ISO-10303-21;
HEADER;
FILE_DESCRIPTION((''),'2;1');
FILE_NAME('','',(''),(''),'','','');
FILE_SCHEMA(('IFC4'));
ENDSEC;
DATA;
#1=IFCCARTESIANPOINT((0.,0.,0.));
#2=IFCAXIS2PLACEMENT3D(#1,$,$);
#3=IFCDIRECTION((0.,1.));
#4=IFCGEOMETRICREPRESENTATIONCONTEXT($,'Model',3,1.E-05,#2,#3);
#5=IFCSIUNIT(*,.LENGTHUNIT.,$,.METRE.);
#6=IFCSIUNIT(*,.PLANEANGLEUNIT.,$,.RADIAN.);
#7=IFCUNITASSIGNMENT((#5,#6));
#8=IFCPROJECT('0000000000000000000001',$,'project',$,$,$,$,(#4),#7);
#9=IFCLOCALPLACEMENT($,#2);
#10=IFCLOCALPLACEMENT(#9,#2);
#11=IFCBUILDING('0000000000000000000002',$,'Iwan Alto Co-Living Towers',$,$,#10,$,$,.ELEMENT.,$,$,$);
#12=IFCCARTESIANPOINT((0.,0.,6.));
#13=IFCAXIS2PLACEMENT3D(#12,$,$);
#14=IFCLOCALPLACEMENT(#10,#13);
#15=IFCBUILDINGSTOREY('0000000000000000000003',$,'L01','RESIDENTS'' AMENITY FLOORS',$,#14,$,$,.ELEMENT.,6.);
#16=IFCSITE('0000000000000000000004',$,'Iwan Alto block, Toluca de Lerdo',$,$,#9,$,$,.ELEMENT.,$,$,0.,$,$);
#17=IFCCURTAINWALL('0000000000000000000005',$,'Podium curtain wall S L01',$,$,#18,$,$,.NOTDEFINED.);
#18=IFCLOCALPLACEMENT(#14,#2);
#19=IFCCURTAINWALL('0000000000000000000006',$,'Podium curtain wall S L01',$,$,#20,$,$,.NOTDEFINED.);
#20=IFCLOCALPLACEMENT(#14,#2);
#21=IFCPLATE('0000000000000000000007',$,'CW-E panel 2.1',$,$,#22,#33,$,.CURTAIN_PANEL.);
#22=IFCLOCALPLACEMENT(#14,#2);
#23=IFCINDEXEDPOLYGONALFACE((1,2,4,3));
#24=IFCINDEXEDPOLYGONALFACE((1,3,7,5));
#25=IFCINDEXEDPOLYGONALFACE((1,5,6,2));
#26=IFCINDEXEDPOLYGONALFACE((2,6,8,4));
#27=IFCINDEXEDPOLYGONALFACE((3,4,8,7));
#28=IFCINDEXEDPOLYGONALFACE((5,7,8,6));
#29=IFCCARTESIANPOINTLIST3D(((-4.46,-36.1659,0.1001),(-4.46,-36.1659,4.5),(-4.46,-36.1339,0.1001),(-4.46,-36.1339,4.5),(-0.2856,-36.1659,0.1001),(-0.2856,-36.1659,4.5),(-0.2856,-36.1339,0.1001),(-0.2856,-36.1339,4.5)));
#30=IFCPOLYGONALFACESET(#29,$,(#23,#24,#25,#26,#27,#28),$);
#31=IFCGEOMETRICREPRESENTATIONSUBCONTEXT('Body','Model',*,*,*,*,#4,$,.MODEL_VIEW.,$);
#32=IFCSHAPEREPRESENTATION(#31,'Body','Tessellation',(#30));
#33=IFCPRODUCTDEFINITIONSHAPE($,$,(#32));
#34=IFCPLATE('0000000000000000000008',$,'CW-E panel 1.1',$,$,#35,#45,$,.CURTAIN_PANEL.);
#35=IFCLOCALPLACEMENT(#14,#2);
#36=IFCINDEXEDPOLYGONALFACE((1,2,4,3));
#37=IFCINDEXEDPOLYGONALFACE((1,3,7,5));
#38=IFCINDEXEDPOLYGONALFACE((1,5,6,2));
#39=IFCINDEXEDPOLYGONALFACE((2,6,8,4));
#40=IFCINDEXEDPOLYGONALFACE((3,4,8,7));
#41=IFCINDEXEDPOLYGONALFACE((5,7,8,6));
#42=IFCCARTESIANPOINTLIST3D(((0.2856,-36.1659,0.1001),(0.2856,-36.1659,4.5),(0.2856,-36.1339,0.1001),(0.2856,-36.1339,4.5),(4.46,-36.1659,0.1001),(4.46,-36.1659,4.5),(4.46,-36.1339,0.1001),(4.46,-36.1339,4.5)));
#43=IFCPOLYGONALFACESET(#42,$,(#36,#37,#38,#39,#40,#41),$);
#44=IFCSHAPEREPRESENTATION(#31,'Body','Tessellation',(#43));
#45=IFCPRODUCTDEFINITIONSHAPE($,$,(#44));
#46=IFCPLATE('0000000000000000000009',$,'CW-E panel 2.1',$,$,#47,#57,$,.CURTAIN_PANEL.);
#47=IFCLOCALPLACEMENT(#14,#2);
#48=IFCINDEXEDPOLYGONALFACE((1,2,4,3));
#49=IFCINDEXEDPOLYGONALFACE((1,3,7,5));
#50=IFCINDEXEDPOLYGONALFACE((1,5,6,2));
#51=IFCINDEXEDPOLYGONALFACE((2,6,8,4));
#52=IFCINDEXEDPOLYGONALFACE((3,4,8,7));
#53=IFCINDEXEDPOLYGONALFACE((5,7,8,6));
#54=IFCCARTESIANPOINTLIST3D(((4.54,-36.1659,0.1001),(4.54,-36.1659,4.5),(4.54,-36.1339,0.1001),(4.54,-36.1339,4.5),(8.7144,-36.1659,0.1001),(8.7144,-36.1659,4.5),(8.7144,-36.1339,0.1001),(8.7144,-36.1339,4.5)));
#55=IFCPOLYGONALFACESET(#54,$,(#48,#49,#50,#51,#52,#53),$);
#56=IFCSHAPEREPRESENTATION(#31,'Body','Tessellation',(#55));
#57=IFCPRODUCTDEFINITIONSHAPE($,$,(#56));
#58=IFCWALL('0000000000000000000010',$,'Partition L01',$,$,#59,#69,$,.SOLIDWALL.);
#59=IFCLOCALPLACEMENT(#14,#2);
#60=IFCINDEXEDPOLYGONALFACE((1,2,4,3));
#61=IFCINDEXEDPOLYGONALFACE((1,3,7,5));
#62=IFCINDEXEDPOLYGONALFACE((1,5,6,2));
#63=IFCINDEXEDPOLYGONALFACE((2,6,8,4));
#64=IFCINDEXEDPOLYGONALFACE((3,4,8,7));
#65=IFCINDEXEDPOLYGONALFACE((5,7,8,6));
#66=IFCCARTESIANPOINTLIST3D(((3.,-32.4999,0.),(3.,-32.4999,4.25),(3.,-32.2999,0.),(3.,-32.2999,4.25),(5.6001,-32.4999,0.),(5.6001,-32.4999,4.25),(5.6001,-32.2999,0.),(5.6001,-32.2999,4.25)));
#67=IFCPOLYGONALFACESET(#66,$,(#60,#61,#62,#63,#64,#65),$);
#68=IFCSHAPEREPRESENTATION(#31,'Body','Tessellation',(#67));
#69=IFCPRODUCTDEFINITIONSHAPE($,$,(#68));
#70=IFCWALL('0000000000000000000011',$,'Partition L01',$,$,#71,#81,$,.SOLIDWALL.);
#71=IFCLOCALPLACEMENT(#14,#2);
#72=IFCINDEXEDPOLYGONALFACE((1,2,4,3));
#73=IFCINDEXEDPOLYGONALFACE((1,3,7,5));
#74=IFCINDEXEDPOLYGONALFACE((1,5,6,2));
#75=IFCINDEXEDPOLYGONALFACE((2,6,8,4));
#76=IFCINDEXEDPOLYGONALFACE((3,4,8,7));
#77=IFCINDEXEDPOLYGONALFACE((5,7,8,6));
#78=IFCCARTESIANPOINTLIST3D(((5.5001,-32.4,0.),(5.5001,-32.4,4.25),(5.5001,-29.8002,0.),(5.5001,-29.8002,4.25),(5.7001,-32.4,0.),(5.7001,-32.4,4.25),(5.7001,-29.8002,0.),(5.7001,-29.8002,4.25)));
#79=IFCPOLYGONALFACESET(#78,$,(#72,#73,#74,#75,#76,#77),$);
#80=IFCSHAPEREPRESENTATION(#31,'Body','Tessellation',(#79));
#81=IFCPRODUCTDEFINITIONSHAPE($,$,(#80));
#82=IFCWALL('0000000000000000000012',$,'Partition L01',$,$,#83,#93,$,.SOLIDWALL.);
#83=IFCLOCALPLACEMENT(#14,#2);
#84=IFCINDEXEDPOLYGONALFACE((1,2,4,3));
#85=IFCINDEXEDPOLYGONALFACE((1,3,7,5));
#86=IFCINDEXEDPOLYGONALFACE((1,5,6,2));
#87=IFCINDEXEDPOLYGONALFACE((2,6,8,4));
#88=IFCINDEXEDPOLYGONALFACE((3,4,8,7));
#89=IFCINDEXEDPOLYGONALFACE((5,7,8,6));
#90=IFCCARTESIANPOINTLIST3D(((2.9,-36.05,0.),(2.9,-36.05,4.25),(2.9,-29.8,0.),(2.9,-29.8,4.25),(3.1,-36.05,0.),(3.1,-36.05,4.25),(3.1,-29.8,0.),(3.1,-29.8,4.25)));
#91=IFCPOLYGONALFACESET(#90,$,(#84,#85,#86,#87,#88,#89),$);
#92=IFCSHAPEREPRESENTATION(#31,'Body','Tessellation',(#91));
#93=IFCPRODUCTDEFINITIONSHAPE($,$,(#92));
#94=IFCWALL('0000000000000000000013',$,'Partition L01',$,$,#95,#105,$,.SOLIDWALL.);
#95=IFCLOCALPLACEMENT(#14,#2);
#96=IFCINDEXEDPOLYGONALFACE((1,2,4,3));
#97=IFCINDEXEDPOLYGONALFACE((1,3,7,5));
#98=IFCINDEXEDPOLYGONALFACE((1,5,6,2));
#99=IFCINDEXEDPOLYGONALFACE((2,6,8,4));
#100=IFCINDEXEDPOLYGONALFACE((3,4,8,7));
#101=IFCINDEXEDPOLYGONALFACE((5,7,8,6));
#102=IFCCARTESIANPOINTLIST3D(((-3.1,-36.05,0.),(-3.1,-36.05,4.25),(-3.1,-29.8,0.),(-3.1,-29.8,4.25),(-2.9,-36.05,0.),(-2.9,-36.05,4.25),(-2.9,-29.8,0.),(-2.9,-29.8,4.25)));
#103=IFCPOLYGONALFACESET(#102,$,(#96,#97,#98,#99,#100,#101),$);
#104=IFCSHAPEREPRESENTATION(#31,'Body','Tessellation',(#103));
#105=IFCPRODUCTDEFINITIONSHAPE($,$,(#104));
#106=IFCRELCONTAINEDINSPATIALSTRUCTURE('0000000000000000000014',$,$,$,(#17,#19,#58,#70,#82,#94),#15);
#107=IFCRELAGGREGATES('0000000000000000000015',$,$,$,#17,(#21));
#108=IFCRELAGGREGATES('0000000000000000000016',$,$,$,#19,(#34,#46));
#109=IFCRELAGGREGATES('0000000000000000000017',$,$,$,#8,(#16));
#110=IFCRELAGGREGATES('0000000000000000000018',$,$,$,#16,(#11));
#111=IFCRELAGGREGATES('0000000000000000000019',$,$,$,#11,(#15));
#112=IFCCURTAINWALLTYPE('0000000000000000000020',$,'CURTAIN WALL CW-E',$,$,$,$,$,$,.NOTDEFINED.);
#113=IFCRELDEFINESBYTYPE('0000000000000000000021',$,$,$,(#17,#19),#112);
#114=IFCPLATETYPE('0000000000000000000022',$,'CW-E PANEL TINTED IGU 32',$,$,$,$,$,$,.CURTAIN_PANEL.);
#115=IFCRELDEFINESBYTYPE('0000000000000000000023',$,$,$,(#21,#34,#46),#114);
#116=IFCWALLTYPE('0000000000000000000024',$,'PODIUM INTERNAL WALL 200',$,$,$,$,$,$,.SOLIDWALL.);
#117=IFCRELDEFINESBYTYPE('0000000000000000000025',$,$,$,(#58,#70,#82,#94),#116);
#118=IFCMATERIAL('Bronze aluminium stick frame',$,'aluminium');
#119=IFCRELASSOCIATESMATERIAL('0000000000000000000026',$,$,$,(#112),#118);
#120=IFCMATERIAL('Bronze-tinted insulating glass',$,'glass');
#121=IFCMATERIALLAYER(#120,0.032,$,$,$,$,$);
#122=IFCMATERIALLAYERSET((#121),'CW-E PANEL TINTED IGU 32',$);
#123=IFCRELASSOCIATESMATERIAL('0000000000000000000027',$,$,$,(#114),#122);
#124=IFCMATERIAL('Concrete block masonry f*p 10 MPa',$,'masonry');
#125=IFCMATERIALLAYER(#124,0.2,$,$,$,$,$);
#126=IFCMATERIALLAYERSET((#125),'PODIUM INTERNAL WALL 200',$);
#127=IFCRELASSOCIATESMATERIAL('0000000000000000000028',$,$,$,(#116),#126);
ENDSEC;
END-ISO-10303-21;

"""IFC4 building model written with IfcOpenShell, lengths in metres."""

from ifc_helpers import new_model, si_unit, direction, frame, frame_2d, origin, origin_2d, place, context, subcontext, project, spatial, rectangle, extrude, material, layer, layer_set, type_object, element, aggregate, save


model = new_model("IFC4")

# Units and contexts
model_context = context("Model", 3, precision=1e-05, world=origin(), true_north=direction((0.0, 1.0)))
body_context = subcontext(model_context, "Body", "Model", "MODEL_VIEW")
ifc_project = project(units=[si_unit("LENGTHUNIT", "METRE"), si_unit("PLANEANGLEUNIT", "RADIAN")], contexts=[model_context])

# Site, building, storey
site_placement = place(None, origin())
site = spatial("IfcSite", under=ifc_project, at=site_placement, Name="Iwan Alto block, Toluca de Lerdo", CompositionType="ELEMENT", RefElevation=0.0)
building_placement = place(site_placement, origin())
building = spatial("IfcBuilding", under=site, at=building_placement, Name="Iwan Alto Co-Living Towers", CompositionType="ELEMENT")
storey_placement = place(building_placement, frame((0.0, 0.0, 6.0)))
storey = spatial("IfcBuildingStorey", under=building, at=storey_placement, Name="L01", Description="RESIDENTS' AMENITY FLOORS", CompositionType="ELEMENT", Elevation=6.0)

# Curtain wall
ifc_material_1 = material(Name="Bronze aluminium stick frame", Category="aluminium")
curtain_wall_type = type_object("IfcCurtainWallType", Name="CURTAIN WALL CW-E", PredefinedType="NOTDEFINED", material=ifc_material_1)
curtain_wall_1_placement = place(storey_placement, origin())
curtain_wall_1 = element("IfcCurtainWall", 1, at=curtain_wall_1_placement, inside=storey, type_object=curtain_wall_type, Name="Podium curtain wall S L01", PredefinedType="NOTDEFINED")

# Curtain wall
curtain_wall_2_placement = place(storey_placement, origin())
curtain_wall_2 = element("IfcCurtainWall", 2, at=curtain_wall_2_placement, inside=storey, type_object=curtain_wall_type, Name="Podium curtain wall S L01", PredefinedType="NOTDEFINED")

# Plates
ifc_material_2 = material(Name="Bronze-tinted insulating glass", Category="glass")
ifc_layer_1 = layer(ifc_material_2, 0.032)
ifc_layer_set_1 = layer_set([ifc_layer_1], Name="CW-E PANEL TINTED IGU 32")
plate_type = type_object("IfcPlateType", Name="CW-E PANEL TINTED IGU 32", PredefinedType="CURTAIN_PANEL", material=ifc_layer_set_1)
plate_1_placement = place(storey_placement, frame((-2.3728, -36.1499, 0.1001), z_axis=(0.0, 0.0, 1.0), x_axis=(1.0, 0.0, 0.0)))
plate_1 = element("IfcPlate", 3, at=plate_1_placement, type_object=plate_type, Name="CW-E panel 2.1", PredefinedType="CURTAIN_PANEL", context=body_context, shape_type="SweptSolid", body=[
    extrude(rectangle(XDim=4.1743, YDim=0.032, at=origin_2d()), origin(), (0.0, 0.0, 1.0), 4.3999),
])
aggregate(curtain_wall_1, [plate_1])
plate_2_placement = place(storey_placement, frame((2.3728, -36.1499, 0.1001), z_axis=(0.0, 0.0, 1.0), x_axis=(1.0, 0.0, 0.0)))
plate_2 = element("IfcPlate", 4, at=plate_2_placement, type_object=plate_type, Name="CW-E panel 1.1", PredefinedType="CURTAIN_PANEL", context=body_context, shape_type="SweptSolid", body=[
    extrude(rectangle(XDim=4.1743, YDim=0.032, at=origin_2d()), origin(), (0.0, 0.0, 1.0), 4.3999),
])
plate_3_placement = place(storey_placement, frame((6.6272, -36.1499, 0.1001), z_axis=(0.0, 0.0, 1.0), x_axis=(1.0, 0.0, 0.0)))
plate_3 = element("IfcPlate", 5, at=plate_3_placement, type_object=plate_type, Name="CW-E panel 2.1", PredefinedType="CURTAIN_PANEL", context=body_context, shape_type="SweptSolid", body=[
    extrude(rectangle(XDim=4.1743, YDim=0.032, at=origin_2d()), origin(), (0.0, 0.0, 1.0), 4.3999),
])
aggregate(curtain_wall_2, [plate_2, plate_3])

# Walls
ifc_material_3 = material(Name="Concrete block masonry f*p 10 MPa", Category="masonry")
ifc_layer_2 = layer(ifc_material_3, 0.2)
ifc_layer_set_2 = layer_set([ifc_layer_2], Name="PODIUM INTERNAL WALL 200")
wall_type = type_object("IfcWallType", Name="PODIUM INTERNAL WALL 200", PredefinedType="SOLIDWALL", material=ifc_layer_set_2)
wall_1_placement = place(storey_placement, frame((3.0, -32.3999, 0.0), z_axis=(0.0, 0.0, 1.0), x_axis=(1.0, 0.0, 0.0)))
element("IfcWall", 6, at=wall_1_placement, inside=storey, type_object=wall_type, Name="Partition L01", PredefinedType="SOLIDWALL", context=body_context, shape_type="SweptSolid", body=[
    extrude(rectangle(XDim=2.6001, YDim=0.2, at=frame_2d((1.3, 0.0))), origin(), (0.0, 0.0, 1.0), 4.25),
])
wall_2_placement = place(storey_placement, frame((5.6001, -32.3999, 0.0), z_axis=(0.0, 0.0, 1.0), x_axis=(0.0, 1.0, 0.0)))
element("IfcWall", 7, at=wall_2_placement, inside=storey, type_object=wall_type, Name="Partition L01", PredefinedType="SOLIDWALL", context=body_context, shape_type="SweptSolid", body=[
    extrude(rectangle(XDim=2.5999, YDim=0.2, at=frame_2d((1.2998, 0.0))), origin(), (0.0, 0.0, 1.0), 4.25),
])
for number, where, z_axis, x_axis, name in (
    (8, (3.0, -36.05, 0.0), (0.0, 0.0, 1.0), (0.0, 1.0, 0.0), "Partition L01"),
    (9, (-3.0, -36.05, 0.0), (0.0, 0.0, 1.0), (0.0, 1.0, 0.0), "Partition L01"),
):
    element("IfcWall", number, at=place(storey_placement, frame(where, z_axis=z_axis, x_axis=x_axis)), inside=storey, type_object=wall_type, Name=name, PredefinedType="SOLIDWALL", context=body_context, shape_type="SweptSolid", body=[
        extrude(rectangle(XDim=6.25, YDim=0.2, at=frame_2d((3.125, 0.0))), origin(), (0.0, 0.0, 1.0), 4.25),
    ])

save(model, "model.ifc")
